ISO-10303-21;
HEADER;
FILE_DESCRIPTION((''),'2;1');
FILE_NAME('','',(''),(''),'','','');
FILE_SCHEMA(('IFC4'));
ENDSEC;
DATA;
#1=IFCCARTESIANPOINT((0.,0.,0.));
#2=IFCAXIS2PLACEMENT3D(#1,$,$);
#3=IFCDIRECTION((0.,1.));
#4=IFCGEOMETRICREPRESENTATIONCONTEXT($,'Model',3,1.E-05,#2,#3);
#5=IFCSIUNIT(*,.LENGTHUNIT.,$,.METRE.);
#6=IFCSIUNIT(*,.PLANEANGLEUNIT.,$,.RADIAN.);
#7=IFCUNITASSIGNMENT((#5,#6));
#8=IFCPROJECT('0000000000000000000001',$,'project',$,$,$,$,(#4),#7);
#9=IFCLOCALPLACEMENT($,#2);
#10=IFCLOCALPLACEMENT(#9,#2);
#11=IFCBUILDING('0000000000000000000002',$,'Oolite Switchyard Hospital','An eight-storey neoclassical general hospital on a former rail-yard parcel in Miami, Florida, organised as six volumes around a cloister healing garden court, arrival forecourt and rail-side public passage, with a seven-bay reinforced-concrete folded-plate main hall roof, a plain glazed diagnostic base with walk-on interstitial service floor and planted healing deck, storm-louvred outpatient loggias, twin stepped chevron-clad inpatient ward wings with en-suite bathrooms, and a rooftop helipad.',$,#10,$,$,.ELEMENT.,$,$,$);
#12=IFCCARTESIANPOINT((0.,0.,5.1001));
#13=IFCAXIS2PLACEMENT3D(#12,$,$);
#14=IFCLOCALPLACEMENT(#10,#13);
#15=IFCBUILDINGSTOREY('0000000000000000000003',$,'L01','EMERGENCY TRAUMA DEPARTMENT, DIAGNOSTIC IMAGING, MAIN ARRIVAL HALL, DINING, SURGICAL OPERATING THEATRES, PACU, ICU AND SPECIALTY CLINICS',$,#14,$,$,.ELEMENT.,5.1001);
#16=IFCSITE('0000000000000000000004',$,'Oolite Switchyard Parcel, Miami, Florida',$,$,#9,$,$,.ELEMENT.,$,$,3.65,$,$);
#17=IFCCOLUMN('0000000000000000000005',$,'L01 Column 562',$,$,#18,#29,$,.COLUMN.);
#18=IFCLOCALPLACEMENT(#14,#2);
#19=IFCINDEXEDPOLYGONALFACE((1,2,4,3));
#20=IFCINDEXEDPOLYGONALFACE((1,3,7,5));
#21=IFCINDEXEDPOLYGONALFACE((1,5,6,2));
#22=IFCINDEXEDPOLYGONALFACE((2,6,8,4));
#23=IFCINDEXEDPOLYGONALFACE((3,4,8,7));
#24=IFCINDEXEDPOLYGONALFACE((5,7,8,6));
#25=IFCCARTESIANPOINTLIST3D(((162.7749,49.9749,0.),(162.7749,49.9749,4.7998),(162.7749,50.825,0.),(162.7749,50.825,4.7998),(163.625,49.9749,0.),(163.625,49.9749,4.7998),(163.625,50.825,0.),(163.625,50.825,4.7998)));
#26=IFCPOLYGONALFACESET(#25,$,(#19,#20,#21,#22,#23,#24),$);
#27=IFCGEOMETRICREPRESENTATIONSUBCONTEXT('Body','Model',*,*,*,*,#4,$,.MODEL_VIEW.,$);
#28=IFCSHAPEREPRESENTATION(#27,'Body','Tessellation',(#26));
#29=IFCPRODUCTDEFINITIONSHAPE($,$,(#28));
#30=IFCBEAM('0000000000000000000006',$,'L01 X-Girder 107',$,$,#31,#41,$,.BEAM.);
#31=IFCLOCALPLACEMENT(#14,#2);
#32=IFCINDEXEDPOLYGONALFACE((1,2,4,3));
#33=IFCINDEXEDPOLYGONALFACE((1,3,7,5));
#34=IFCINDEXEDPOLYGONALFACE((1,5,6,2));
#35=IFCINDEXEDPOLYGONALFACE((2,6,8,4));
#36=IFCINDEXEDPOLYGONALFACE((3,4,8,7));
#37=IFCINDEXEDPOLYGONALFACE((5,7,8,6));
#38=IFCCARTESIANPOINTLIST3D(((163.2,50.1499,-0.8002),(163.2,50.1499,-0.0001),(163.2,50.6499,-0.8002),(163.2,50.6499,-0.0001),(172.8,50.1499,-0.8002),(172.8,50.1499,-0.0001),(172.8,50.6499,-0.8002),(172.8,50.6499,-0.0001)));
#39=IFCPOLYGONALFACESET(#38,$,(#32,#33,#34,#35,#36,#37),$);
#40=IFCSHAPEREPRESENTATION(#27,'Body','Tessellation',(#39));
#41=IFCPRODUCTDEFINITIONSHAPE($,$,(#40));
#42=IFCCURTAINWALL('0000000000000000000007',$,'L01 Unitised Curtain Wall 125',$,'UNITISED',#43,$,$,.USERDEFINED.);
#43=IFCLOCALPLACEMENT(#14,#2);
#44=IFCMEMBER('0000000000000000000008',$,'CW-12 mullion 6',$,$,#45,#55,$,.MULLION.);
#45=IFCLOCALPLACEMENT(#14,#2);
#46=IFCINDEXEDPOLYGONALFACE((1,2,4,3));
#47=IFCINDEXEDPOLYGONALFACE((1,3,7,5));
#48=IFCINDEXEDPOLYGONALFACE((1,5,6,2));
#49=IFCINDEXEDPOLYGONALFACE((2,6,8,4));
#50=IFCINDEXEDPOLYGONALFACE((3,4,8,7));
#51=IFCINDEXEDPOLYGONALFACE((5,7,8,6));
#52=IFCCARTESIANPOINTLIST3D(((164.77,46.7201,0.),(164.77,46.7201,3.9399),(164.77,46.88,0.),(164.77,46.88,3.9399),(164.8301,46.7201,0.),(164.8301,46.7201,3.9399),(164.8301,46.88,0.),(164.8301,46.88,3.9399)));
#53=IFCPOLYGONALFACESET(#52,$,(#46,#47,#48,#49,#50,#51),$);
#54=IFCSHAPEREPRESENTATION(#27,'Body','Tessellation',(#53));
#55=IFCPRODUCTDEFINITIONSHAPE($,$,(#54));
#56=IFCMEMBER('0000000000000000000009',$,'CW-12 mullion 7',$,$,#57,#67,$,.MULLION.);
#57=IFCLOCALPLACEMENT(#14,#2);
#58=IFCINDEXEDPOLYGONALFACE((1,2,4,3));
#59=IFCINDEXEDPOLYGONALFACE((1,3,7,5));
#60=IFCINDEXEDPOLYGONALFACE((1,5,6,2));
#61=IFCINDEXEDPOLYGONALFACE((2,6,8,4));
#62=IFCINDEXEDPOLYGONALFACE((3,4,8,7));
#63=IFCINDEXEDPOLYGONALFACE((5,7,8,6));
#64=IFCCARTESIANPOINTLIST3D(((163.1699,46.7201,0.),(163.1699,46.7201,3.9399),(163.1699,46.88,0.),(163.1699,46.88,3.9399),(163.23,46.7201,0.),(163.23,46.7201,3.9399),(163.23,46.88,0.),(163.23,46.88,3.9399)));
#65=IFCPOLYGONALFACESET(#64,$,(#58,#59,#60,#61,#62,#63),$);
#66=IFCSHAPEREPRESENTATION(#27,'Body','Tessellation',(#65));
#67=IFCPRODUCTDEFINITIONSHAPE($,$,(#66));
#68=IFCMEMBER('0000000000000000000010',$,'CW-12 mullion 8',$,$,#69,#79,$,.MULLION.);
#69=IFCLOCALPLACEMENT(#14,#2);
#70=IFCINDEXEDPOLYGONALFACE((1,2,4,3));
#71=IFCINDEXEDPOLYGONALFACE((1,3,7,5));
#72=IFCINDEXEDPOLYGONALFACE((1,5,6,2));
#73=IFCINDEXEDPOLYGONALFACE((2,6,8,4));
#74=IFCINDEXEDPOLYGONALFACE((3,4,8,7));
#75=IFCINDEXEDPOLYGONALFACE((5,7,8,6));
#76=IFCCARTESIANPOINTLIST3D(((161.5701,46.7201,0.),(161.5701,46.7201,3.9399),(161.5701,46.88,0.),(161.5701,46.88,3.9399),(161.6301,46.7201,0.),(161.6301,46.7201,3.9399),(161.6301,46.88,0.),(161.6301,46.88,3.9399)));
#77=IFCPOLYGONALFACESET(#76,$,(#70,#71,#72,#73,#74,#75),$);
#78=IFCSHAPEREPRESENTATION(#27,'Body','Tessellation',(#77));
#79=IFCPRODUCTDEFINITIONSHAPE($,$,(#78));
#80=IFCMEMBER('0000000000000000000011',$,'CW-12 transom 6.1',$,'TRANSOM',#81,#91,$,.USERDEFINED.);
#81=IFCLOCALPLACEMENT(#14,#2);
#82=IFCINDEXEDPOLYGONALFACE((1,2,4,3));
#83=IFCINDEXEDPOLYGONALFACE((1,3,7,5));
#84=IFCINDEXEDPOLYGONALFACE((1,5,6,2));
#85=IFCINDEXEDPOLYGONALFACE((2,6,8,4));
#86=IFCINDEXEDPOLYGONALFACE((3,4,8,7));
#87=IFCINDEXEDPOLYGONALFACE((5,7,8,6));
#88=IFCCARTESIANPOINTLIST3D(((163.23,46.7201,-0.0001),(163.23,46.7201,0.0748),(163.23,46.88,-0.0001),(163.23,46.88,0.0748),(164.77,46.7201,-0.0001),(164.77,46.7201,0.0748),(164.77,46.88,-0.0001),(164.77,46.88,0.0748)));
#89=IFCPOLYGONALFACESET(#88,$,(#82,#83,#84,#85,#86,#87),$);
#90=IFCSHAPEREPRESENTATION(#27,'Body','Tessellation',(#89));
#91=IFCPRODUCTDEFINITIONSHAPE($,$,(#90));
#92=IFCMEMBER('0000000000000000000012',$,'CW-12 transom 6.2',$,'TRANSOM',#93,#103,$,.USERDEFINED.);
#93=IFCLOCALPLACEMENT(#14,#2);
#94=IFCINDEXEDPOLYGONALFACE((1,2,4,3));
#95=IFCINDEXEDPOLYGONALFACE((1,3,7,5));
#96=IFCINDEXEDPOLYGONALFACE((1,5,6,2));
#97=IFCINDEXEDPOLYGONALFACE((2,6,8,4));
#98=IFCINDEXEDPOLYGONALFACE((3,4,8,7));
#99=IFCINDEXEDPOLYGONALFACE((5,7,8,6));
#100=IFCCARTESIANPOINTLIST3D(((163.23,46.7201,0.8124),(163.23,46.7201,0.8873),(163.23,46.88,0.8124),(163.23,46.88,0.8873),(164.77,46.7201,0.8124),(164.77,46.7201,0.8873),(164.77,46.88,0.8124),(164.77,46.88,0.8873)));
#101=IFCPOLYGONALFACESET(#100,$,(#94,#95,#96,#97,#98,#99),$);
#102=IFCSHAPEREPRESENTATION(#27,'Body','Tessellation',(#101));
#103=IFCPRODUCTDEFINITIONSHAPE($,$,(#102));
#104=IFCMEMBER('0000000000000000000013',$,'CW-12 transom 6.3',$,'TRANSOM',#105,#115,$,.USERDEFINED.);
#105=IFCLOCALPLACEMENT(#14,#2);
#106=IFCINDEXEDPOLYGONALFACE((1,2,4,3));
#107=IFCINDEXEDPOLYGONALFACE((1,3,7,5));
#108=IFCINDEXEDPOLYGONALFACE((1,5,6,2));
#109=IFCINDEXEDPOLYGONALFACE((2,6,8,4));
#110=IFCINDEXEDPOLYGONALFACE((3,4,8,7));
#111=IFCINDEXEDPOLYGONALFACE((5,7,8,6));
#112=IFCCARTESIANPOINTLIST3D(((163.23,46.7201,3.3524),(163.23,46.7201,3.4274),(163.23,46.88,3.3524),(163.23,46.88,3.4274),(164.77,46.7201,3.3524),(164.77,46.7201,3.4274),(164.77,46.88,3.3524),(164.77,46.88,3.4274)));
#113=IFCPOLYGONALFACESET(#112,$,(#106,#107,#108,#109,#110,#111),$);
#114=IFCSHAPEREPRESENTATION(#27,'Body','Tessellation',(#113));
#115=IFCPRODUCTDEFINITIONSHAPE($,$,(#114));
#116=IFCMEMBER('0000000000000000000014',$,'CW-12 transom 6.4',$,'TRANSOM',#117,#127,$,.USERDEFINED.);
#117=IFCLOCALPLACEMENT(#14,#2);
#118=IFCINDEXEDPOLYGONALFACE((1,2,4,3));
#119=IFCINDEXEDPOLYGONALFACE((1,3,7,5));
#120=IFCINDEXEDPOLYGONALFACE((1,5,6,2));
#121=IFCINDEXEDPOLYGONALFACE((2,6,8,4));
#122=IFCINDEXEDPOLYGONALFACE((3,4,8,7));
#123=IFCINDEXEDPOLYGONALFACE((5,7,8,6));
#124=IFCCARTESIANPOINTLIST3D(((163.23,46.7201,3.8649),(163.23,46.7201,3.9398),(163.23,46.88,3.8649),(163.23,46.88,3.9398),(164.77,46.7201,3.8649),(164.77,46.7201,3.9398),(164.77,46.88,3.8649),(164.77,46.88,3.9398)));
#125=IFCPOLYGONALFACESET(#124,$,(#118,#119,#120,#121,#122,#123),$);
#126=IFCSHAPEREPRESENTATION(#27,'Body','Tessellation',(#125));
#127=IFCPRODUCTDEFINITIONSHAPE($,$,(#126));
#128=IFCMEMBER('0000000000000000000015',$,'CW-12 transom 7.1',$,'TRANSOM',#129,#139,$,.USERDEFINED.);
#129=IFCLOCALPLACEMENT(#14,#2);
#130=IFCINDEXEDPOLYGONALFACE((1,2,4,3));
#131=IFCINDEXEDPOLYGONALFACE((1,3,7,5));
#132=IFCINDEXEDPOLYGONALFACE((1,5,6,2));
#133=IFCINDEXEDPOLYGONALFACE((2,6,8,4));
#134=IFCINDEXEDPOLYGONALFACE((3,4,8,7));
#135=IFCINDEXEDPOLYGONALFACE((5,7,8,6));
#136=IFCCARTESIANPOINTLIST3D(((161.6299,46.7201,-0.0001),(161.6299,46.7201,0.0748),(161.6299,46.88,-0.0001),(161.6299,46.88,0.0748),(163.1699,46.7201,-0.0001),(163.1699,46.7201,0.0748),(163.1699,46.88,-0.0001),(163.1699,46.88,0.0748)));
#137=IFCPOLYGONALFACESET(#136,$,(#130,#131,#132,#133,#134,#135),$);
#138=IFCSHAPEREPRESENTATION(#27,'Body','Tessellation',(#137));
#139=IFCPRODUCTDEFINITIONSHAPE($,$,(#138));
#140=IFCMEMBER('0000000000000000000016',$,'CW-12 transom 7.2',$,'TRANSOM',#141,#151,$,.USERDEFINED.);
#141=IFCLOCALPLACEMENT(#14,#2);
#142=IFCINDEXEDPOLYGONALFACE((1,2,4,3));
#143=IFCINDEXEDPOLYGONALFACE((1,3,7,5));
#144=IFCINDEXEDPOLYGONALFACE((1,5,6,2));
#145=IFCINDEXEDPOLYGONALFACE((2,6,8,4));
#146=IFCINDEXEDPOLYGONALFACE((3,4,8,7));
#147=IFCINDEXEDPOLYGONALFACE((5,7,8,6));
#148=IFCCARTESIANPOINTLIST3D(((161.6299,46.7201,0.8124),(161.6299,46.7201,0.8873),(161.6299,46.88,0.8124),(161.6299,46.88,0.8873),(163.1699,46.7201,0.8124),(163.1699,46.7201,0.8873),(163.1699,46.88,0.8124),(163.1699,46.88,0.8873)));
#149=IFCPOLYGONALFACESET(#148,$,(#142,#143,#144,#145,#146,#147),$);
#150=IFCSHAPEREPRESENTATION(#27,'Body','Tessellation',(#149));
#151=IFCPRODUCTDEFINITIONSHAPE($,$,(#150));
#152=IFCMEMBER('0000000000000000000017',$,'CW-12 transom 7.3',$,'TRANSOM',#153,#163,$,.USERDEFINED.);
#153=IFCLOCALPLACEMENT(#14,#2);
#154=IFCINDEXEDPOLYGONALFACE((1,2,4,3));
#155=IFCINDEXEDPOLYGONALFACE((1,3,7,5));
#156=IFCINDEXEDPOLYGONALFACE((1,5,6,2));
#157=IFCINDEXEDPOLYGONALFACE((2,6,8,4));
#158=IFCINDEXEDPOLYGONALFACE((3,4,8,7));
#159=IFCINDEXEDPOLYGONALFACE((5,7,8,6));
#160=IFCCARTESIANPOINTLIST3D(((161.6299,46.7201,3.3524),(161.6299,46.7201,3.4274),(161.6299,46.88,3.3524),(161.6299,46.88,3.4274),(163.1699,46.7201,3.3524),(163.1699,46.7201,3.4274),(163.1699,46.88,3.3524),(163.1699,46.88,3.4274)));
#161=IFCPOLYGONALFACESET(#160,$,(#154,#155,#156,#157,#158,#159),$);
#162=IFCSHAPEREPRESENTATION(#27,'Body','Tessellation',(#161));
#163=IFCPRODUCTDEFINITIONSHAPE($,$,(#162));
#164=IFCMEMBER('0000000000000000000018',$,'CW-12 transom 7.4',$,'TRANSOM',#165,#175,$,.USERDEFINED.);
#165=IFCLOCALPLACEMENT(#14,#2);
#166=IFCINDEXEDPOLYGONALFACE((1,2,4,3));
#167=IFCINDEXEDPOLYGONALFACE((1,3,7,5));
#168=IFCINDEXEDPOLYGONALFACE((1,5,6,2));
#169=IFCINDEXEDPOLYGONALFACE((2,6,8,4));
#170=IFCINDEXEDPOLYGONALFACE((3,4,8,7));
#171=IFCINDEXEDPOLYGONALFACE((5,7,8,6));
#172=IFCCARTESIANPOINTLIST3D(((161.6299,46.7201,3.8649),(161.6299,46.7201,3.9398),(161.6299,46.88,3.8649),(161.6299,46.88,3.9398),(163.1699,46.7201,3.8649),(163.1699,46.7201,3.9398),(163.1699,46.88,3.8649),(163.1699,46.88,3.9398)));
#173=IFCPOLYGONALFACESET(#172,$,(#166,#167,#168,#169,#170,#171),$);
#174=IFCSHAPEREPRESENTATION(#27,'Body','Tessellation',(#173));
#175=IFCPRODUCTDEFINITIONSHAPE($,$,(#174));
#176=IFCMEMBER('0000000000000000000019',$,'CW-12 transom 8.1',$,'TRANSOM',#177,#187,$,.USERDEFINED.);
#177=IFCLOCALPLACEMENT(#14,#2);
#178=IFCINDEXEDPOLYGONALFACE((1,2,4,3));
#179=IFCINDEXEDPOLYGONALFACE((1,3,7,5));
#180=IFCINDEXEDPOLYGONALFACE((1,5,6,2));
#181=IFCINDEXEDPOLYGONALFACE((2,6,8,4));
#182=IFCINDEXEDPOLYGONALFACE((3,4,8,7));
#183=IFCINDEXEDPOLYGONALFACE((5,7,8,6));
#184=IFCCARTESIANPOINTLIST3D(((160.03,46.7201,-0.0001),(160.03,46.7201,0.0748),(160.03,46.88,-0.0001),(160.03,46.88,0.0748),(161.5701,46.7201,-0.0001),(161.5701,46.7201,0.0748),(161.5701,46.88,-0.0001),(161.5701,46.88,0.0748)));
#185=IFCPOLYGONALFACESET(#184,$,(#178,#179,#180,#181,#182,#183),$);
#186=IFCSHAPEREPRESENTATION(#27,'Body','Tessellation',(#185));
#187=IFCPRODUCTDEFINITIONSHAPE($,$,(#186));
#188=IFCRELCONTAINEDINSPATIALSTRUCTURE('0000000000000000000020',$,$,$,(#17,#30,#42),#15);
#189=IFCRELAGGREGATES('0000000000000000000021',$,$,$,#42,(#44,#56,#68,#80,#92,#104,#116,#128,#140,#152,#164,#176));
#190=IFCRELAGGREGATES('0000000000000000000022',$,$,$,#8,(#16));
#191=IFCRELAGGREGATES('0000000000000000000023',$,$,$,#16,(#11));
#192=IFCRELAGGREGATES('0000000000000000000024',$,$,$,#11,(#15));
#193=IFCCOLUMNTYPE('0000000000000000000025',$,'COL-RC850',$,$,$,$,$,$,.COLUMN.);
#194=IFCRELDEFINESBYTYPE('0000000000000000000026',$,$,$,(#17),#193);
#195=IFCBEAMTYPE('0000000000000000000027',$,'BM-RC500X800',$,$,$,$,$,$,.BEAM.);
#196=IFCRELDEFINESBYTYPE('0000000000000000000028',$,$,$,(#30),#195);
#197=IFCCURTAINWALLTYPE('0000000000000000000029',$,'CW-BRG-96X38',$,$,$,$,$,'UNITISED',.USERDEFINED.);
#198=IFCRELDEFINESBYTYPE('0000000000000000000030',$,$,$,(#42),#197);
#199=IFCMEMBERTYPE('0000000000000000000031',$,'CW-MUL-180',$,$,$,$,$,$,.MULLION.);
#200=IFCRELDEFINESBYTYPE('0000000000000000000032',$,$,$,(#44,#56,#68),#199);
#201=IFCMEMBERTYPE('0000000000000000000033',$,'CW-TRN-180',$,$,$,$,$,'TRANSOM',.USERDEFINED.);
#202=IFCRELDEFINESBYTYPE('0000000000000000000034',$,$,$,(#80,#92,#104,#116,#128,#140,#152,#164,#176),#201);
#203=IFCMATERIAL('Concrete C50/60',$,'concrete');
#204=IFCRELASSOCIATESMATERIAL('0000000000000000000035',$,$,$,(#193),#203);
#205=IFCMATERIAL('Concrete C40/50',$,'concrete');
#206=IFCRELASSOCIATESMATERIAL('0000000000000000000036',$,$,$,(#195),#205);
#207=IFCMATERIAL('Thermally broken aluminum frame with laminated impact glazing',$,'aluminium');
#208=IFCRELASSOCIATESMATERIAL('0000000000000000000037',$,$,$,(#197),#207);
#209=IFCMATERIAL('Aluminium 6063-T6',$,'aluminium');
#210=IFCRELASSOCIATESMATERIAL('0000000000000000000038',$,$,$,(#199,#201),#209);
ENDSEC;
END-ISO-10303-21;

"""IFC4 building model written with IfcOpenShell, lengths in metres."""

from ifc_helpers import new_model, si_unit, direction, frame, origin, origin_2d, place, context, subcontext, project, spatial, rectangle, extrude, material, material_profile, profile_set, type_object, element, aggregate, save


model = new_model("IFC4")

# Units and contexts
model_context = context("Model", 3, precision=1e-05, world=origin(), true_north=direction((0.0, 1.0)))
body_context = subcontext(model_context, "Body", "Model", "MODEL_VIEW")
ifc_project = project(units=[si_unit("LENGTHUNIT", "METRE"), si_unit("PLANEANGLEUNIT", "RADIAN")], contexts=[model_context])

# Site, building, storey
site_placement = place(None, origin())
site = spatial("IfcSite", under=ifc_project, at=site_placement, Name="Oolite Switchyard Parcel, Miami, Florida", CompositionType="ELEMENT", RefElevation=3.65)
building_placement = place(site_placement, origin())
building = spatial("IfcBuilding", under=site, at=building_placement, Name="Oolite Switchyard Hospital", Description="An eight-storey neoclassical general hospital on a former rail-yard parcel in Miami, Florida, organised as six volumes around a cloister healing garden court, arrival forecourt and rail-side public passage, with a seven-bay reinforced-concrete folded-plate main hall roof, a plain glazed diagnostic base with walk-on interstitial service floor and planted healing deck, storm-louvred outpatient loggias, twin stepped chevron-clad inpatient ward wings with en-suite bathrooms, and a rooftop helipad.", CompositionType="ELEMENT")
storey_placement = place(building_placement, frame((0.0, 0.0, 5.1001)))
storey = spatial("IfcBuildingStorey", under=building, at=storey_placement, Name="L01", Description="EMERGENCY TRAUMA DEPARTMENT, DIAGNOSTIC IMAGING, MAIN ARRIVAL HALL, DINING, SURGICAL OPERATING THEATRES, PACU, ICU AND SPECIALTY CLINICS", CompositionType="ELEMENT", Elevation=5.1001)

# Column
ifc_material_1 = material(Name="Concrete C50/60", Category="concrete")
ifc_material_profile_1 = material_profile(ifc_material_1, rectangle(XDim=0.8501, YDim=0.8501, at=origin_2d()), Name="RC850X850")
ifc_profile_set_1 = profile_set([ifc_material_profile_1], Name="Concrete C50/60")
column_type = type_object("IfcColumnType", Name="COL-RC850", PredefinedType="COLUMN", material=ifc_profile_set_1)
column_placement = place(storey_placement, frame((163.2, 50.3999, 0.0), z_axis=(0.0, 0.0, 1.0), x_axis=(1.0, 0.0, 0.0)))
element("IfcColumn", 1, at=column_placement, inside=storey, type_object=column_type, Name="L01 Column 562", PredefinedType="COLUMN", context=body_context, shape_type="SweptSolid", body=[
    extrude(rectangle(XDim=0.8501, YDim=0.8501, at=origin_2d()), origin(), (0.0, 0.0, 1.0), 4.7998),
])

# Beam
ifc_material_2 = material(Name="Concrete C40/50", Category="concrete")
ifc_material_profile_2 = material_profile(ifc_material_2, rectangle(XDim=0.5, YDim=0.8, at=origin_2d()), Name="RCB500X800")
ifc_profile_set_2 = profile_set([ifc_material_profile_2], Name="Concrete C40/50")
beam_type = type_object("IfcBeamType", Name="BM-RC500X800", PredefinedType="BEAM", material=ifc_profile_set_2)
beam_placement = place(storey_placement, frame((163.2, 50.3999, -0.4001), z_axis=(1.0, 0.0, 0.0), x_axis=(0.0, 1.0, 0.0)))
element("IfcBeam", 2, at=beam_placement, inside=storey, type_object=beam_type, Name="L01 X-Girder 107", PredefinedType="BEAM", context=body_context, shape_type="SweptSolid", body=[
    extrude(rectangle(XDim=0.5, YDim=0.8, at=origin_2d()), origin(), (0.0, 0.0, 1.0), 9.6001),
])

# Curtain wall, members
ifc_material_3 = material(Name="Thermally broken aluminum frame with laminated impact glazing", Category="aluminium")
curtain_wall_type = type_object("IfcCurtainWallType", Name="CW-BRG-96X38", ElementType="UNITISED", PredefinedType="USERDEFINED", material=ifc_material_3)
curtain_wall_placement = place(storey_placement, origin())
curtain_wall = element("IfcCurtainWall", 3, at=curtain_wall_placement, inside=storey, type_object=curtain_wall_type, Name="L01 Unitised Curtain Wall 125", ObjectType="UNITISED", PredefinedType="USERDEFINED")
ifc_material_4 = material(Name="Aluminium 6063-T6", Category="aluminium")
ifc_material_profile_3 = material_profile(ifc_material_4, rectangle(XDim=0.1599, YDim=0.0601, at=origin_2d()), Name="CWM60X160")
ifc_profile_set_3 = profile_set([ifc_material_profile_3], Name="Aluminium 6063-T6")
member_type_1 = type_object("IfcMemberType", Name="CW-MUL-180", PredefinedType="MULLION", material=ifc_profile_set_3)
member_1_placement = place(storey_placement, frame((164.8, 46.8, 0.0), z_axis=(0.0, 0.0, 1.0), x_axis=(0.0, -1.0, 0.0)))
member_1 = element("IfcMember", 4, at=member_1_placement, type_object=member_type_1, Name="CW-12 mullion 6", PredefinedType="MULLION", context=body_context, shape_type="SweptSolid", body=[
    extrude(rectangle(XDim=0.1599, YDim=0.0601, at=origin_2d()), origin(), (0.0, 0.0, 1.0), 3.9399),
])
member_2_placement = place(storey_placement, frame((163.2, 46.8, 0.0), z_axis=(0.0, 0.0, 1.0), x_axis=(0.0, -1.0, 0.0)))
member_2 = element("IfcMember", 5, at=member_2_placement, type_object=member_type_1, Name="CW-12 mullion 7", PredefinedType="MULLION", context=body_context, shape_type="SweptSolid", body=[
    extrude(rectangle(XDim=0.1599, YDim=0.0601, at=origin_2d()), origin(), (0.0, 0.0, 1.0), 3.9399),
])
member_3_placement = place(storey_placement, frame((161.6001, 46.8, 0.0), z_axis=(0.0, 0.0, 1.0), x_axis=(0.0, -1.0, 0.0)))
member_3 = element("IfcMember", 6, at=member_3_placement, type_object=member_type_1, Name="CW-12 mullion 8", PredefinedType="MULLION", context=body_context, shape_type="SweptSolid", body=[
    extrude(rectangle(XDim=0.1599, YDim=0.0601, at=origin_2d()), origin(), (0.0, 0.0, 1.0), 3.9399),
])
ifc_material_profile_4 = material_profile(ifc_material_4, rectangle(XDim=0.1599, YDim=0.075, at=origin_2d()), Name="CWT75X160")
ifc_profile_set_4 = profile_set([ifc_material_profile_4], Name="Aluminium 6063-T6")
member_type_2 = type_object("IfcMemberType", Name="CW-TRN-180", ElementType="TRANSOM", PredefinedType="USERDEFINED", material=ifc_profile_set_4)
member_4_placement = place(storey_placement, frame((164.77, 46.8, 0.0374), z_axis=(-1.0, 0.0, 0.0), x_axis=(0.0, -1.0, 0.0)))
member_4 = element("IfcMember", 7, at=member_4_placement, type_object=member_type_2, Name="CW-12 transom 6.1", ObjectType="TRANSOM", PredefinedType="USERDEFINED", context=body_context, shape_type="SweptSolid", body=[
    extrude(rectangle(XDim=0.1599, YDim=0.075, at=origin_2d()), origin(), (0.0, 0.0, 1.0), 1.54),
])
member_5_placement = place(storey_placement, frame((164.77, 46.8, 0.8499), z_axis=(-1.0, 0.0, 0.0), x_axis=(0.0, -1.0, 0.0)))
member_5 = element("IfcMember", 8, at=member_5_placement, type_object=member_type_2, Name="CW-12 transom 6.2", ObjectType="TRANSOM", PredefinedType="USERDEFINED", context=body_context, shape_type="SweptSolid", body=[
    extrude(rectangle(XDim=0.1599, YDim=0.075, at=origin_2d()), origin(), (0.0, 0.0, 1.0), 1.54),
])
member_6_placement = place(storey_placement, frame((164.77, 46.8, 3.3899), z_axis=(-1.0, 0.0, 0.0), x_axis=(0.0, -1.0, 0.0)))
member_6 = element("IfcMember", 9, at=member_6_placement, type_object=member_type_2, Name="CW-12 transom 6.3", ObjectType="TRANSOM", PredefinedType="USERDEFINED", context=body_context, shape_type="SweptSolid", body=[
    extrude(rectangle(XDim=0.1599, YDim=0.075, at=origin_2d()), origin(), (0.0, 0.0, 1.0), 1.54),
])
member_7_placement = place(storey_placement, frame((164.77, 46.8, 3.9023), z_axis=(-1.0, 0.0, 0.0), x_axis=(0.0, -1.0, 0.0)))
member_7 = element("IfcMember", 10, at=member_7_placement, type_object=member_type_2, Name="CW-12 transom 6.4", ObjectType="TRANSOM", PredefinedType="USERDEFINED", context=body_context, shape_type="SweptSolid", body=[
    extrude(rectangle(XDim=0.1599, YDim=0.075, at=origin_2d()), origin(), (0.0, 0.0, 1.0), 1.54),
])
member_8_placement = place(storey_placement, frame((163.1699, 46.8, 0.0374), z_axis=(-1.0, 0.0, 0.0), x_axis=(0.0, -1.0, 0.0)))
member_8 = element("IfcMember", 11, at=member_8_placement, type_object=member_type_2, Name="CW-12 transom 7.1", ObjectType="TRANSOM", PredefinedType="USERDEFINED", context=body_context, shape_type="SweptSolid", body=[
    extrude(rectangle(XDim=0.1599, YDim=0.075, at=origin_2d()), origin(), (0.0, 0.0, 1.0), 1.54),
])
member_9_placement = place(storey_placement, frame((163.1699, 46.8, 0.8499), z_axis=(-1.0, 0.0, 0.0), x_axis=(0.0, -1.0, 0.0)))
member_9 = element("IfcMember", 12, at=member_9_placement, type_object=member_type_2, Name="CW-12 transom 7.2", ObjectType="TRANSOM", PredefinedType="USERDEFINED", context=body_context, shape_type="SweptSolid", body=[
    extrude(rectangle(XDim=0.1599, YDim=0.075, at=origin_2d()), origin(), (0.0, 0.0, 1.0), 1.54),
])
member_10_placement = place(storey_placement, frame((163.1699, 46.8, 3.3899), z_axis=(-1.0, 0.0, 0.0), x_axis=(0.0, -1.0, 0.0)))
member_10 = element("IfcMember", 13, at=member_10_placement, type_object=member_type_2, Name="CW-12 transom 7.3", ObjectType="TRANSOM", PredefinedType="USERDEFINED", context=body_context, shape_type="SweptSolid", body=[
    extrude(rectangle(XDim=0.1599, YDim=0.075, at=origin_2d()), origin(), (0.0, 0.0, 1.0), 1.54),
])
member_11_placement = place(storey_placement, frame((163.1699, 46.8, 3.9023), z_axis=(-1.0, 0.0, 0.0), x_axis=(0.0, -1.0, 0.0)))
member_11 = element("IfcMember", 14, at=member_11_placement, type_object=member_type_2, Name="CW-12 transom 7.4", ObjectType="TRANSOM", PredefinedType="USERDEFINED", context=body_context, shape_type="SweptSolid", body=[
    extrude(rectangle(XDim=0.1599, YDim=0.075, at=origin_2d()), origin(), (0.0, 0.0, 1.0), 1.54),
])
member_12_placement = place(storey_placement, frame((161.5701, 46.8, 0.0374), z_axis=(-1.0, 0.0, 0.0), x_axis=(0.0, -1.0, 0.0)))
member_12 = element("IfcMember", 15, at=member_12_placement, type_object=member_type_2, Name="CW-12 transom 8.1", ObjectType="TRANSOM", PredefinedType="USERDEFINED", context=body_context, shape_type="SweptSolid", body=[
    extrude(rectangle(XDim=0.1599, YDim=0.075, at=origin_2d()), origin(), (0.0, 0.0, 1.0), 1.54),
])
aggregate(curtain_wall, [member_1, member_2, member_3, member_4, member_5, member_6, member_7, member_8, member_9, member_10, member_11, member_12])

save(model, "model.ifc")
